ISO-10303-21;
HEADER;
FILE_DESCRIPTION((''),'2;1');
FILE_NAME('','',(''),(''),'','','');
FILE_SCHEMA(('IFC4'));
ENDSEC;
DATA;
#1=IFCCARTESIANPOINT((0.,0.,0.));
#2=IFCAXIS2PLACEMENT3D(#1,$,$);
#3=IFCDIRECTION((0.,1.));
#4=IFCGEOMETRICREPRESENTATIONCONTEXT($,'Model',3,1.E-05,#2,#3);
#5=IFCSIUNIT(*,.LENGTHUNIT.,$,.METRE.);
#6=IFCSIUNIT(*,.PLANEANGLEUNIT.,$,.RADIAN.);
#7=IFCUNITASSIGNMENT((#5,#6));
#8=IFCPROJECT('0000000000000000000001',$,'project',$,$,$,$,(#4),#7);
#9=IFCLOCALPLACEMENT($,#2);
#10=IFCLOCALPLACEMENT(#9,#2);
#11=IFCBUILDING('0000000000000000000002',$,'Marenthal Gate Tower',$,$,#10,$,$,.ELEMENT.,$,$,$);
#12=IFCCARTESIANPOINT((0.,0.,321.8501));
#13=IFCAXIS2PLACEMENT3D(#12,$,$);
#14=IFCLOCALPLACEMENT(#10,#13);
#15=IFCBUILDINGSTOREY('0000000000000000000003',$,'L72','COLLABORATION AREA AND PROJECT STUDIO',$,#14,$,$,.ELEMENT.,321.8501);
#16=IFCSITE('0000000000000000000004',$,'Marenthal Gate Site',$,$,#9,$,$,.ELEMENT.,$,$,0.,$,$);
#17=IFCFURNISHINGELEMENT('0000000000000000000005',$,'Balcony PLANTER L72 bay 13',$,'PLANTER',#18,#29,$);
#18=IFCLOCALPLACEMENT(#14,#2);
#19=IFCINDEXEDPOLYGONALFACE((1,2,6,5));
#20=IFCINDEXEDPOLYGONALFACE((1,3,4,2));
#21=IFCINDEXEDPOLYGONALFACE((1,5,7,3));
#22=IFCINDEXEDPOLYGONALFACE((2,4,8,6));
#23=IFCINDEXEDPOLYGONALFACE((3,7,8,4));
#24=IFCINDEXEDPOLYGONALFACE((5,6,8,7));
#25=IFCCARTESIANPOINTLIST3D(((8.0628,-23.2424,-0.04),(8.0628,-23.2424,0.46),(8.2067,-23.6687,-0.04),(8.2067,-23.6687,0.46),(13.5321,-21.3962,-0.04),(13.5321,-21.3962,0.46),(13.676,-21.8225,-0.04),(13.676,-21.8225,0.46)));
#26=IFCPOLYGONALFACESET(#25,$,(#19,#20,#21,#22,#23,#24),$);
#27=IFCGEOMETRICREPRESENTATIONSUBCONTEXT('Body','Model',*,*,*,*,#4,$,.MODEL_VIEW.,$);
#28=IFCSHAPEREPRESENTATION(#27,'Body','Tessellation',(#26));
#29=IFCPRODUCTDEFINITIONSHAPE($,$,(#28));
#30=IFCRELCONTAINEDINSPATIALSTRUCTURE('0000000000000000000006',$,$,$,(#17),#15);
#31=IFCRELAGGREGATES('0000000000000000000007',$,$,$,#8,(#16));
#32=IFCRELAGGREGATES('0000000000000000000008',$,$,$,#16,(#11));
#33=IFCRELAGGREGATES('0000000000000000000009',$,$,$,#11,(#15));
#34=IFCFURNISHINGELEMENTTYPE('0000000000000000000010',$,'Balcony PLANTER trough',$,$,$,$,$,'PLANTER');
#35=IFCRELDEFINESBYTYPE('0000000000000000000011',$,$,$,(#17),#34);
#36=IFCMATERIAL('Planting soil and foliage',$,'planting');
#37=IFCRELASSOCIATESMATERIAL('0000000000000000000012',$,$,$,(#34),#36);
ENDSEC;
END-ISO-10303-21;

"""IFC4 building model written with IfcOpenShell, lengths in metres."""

from ifc_helpers import new_model, si_unit, direction, frame, origin, origin_2d, place, context, subcontext, project, spatial, rectangle, extrude, material, type_object, element, save


model = new_model("IFC4")

# Units and contexts
model_context = context("Model", 3, precision=1e-05, world=origin(), true_north=direction((0.0, 1.0)))
body_context = subcontext(model_context, "Body", "Model", "MODEL_VIEW")
ifc_project = project(units=[si_unit("LENGTHUNIT", "METRE"), si_unit("PLANEANGLEUNIT", "RADIAN")], contexts=[model_context])

# Site, building, storey
site_placement = place(None, origin())
site = spatial("IfcSite", under=ifc_project, at=site_placement, Name="Marenthal Gate Site", CompositionType="ELEMENT", RefElevation=0.0)
building_placement = place(site_placement, origin())
building = spatial("IfcBuilding", under=site, at=building_placement, Name="Marenthal Gate Tower", CompositionType="ELEMENT")
storey_placement = place(building_placement, frame((0.0, 0.0, 321.8501)))
storey = spatial("IfcBuildingStorey", under=building, at=storey_placement, Name="L72", Description="COLLABORATION AREA AND PROJECT STUDIO", CompositionType="ELEMENT", Elevation=321.8501)

# Furnishing element
ifc_material_1 = material(Name="Planting soil and foliage", Category="planting")
furnishing_element_type = type_object("IfcFurnishingElementType", Name="Balcony PLANTER trough", ElementType="PLANTER", material=ifc_material_1)
furnishing_placement = place(storey_placement, frame((10.8694, -22.5325, -0.04), z_axis=(0.0, 0.0, 1.0), x_axis=(0.947473, 0.319835, 0.0)))
element("IfcFurnishingElement", 1, at=furnishing_placement, inside=storey, type_object=furnishing_element_type, Name="Balcony PLANTER L72 bay 13", ObjectType="PLANTER", context=body_context, shape_type="SweptSolid", body=[
    extrude(rectangle(XDim=5.7725, YDim=0.45, at=origin_2d()), origin(), (0.0, 0.0, 1.0), 0.5),
])

save(model, "model.ifc")
